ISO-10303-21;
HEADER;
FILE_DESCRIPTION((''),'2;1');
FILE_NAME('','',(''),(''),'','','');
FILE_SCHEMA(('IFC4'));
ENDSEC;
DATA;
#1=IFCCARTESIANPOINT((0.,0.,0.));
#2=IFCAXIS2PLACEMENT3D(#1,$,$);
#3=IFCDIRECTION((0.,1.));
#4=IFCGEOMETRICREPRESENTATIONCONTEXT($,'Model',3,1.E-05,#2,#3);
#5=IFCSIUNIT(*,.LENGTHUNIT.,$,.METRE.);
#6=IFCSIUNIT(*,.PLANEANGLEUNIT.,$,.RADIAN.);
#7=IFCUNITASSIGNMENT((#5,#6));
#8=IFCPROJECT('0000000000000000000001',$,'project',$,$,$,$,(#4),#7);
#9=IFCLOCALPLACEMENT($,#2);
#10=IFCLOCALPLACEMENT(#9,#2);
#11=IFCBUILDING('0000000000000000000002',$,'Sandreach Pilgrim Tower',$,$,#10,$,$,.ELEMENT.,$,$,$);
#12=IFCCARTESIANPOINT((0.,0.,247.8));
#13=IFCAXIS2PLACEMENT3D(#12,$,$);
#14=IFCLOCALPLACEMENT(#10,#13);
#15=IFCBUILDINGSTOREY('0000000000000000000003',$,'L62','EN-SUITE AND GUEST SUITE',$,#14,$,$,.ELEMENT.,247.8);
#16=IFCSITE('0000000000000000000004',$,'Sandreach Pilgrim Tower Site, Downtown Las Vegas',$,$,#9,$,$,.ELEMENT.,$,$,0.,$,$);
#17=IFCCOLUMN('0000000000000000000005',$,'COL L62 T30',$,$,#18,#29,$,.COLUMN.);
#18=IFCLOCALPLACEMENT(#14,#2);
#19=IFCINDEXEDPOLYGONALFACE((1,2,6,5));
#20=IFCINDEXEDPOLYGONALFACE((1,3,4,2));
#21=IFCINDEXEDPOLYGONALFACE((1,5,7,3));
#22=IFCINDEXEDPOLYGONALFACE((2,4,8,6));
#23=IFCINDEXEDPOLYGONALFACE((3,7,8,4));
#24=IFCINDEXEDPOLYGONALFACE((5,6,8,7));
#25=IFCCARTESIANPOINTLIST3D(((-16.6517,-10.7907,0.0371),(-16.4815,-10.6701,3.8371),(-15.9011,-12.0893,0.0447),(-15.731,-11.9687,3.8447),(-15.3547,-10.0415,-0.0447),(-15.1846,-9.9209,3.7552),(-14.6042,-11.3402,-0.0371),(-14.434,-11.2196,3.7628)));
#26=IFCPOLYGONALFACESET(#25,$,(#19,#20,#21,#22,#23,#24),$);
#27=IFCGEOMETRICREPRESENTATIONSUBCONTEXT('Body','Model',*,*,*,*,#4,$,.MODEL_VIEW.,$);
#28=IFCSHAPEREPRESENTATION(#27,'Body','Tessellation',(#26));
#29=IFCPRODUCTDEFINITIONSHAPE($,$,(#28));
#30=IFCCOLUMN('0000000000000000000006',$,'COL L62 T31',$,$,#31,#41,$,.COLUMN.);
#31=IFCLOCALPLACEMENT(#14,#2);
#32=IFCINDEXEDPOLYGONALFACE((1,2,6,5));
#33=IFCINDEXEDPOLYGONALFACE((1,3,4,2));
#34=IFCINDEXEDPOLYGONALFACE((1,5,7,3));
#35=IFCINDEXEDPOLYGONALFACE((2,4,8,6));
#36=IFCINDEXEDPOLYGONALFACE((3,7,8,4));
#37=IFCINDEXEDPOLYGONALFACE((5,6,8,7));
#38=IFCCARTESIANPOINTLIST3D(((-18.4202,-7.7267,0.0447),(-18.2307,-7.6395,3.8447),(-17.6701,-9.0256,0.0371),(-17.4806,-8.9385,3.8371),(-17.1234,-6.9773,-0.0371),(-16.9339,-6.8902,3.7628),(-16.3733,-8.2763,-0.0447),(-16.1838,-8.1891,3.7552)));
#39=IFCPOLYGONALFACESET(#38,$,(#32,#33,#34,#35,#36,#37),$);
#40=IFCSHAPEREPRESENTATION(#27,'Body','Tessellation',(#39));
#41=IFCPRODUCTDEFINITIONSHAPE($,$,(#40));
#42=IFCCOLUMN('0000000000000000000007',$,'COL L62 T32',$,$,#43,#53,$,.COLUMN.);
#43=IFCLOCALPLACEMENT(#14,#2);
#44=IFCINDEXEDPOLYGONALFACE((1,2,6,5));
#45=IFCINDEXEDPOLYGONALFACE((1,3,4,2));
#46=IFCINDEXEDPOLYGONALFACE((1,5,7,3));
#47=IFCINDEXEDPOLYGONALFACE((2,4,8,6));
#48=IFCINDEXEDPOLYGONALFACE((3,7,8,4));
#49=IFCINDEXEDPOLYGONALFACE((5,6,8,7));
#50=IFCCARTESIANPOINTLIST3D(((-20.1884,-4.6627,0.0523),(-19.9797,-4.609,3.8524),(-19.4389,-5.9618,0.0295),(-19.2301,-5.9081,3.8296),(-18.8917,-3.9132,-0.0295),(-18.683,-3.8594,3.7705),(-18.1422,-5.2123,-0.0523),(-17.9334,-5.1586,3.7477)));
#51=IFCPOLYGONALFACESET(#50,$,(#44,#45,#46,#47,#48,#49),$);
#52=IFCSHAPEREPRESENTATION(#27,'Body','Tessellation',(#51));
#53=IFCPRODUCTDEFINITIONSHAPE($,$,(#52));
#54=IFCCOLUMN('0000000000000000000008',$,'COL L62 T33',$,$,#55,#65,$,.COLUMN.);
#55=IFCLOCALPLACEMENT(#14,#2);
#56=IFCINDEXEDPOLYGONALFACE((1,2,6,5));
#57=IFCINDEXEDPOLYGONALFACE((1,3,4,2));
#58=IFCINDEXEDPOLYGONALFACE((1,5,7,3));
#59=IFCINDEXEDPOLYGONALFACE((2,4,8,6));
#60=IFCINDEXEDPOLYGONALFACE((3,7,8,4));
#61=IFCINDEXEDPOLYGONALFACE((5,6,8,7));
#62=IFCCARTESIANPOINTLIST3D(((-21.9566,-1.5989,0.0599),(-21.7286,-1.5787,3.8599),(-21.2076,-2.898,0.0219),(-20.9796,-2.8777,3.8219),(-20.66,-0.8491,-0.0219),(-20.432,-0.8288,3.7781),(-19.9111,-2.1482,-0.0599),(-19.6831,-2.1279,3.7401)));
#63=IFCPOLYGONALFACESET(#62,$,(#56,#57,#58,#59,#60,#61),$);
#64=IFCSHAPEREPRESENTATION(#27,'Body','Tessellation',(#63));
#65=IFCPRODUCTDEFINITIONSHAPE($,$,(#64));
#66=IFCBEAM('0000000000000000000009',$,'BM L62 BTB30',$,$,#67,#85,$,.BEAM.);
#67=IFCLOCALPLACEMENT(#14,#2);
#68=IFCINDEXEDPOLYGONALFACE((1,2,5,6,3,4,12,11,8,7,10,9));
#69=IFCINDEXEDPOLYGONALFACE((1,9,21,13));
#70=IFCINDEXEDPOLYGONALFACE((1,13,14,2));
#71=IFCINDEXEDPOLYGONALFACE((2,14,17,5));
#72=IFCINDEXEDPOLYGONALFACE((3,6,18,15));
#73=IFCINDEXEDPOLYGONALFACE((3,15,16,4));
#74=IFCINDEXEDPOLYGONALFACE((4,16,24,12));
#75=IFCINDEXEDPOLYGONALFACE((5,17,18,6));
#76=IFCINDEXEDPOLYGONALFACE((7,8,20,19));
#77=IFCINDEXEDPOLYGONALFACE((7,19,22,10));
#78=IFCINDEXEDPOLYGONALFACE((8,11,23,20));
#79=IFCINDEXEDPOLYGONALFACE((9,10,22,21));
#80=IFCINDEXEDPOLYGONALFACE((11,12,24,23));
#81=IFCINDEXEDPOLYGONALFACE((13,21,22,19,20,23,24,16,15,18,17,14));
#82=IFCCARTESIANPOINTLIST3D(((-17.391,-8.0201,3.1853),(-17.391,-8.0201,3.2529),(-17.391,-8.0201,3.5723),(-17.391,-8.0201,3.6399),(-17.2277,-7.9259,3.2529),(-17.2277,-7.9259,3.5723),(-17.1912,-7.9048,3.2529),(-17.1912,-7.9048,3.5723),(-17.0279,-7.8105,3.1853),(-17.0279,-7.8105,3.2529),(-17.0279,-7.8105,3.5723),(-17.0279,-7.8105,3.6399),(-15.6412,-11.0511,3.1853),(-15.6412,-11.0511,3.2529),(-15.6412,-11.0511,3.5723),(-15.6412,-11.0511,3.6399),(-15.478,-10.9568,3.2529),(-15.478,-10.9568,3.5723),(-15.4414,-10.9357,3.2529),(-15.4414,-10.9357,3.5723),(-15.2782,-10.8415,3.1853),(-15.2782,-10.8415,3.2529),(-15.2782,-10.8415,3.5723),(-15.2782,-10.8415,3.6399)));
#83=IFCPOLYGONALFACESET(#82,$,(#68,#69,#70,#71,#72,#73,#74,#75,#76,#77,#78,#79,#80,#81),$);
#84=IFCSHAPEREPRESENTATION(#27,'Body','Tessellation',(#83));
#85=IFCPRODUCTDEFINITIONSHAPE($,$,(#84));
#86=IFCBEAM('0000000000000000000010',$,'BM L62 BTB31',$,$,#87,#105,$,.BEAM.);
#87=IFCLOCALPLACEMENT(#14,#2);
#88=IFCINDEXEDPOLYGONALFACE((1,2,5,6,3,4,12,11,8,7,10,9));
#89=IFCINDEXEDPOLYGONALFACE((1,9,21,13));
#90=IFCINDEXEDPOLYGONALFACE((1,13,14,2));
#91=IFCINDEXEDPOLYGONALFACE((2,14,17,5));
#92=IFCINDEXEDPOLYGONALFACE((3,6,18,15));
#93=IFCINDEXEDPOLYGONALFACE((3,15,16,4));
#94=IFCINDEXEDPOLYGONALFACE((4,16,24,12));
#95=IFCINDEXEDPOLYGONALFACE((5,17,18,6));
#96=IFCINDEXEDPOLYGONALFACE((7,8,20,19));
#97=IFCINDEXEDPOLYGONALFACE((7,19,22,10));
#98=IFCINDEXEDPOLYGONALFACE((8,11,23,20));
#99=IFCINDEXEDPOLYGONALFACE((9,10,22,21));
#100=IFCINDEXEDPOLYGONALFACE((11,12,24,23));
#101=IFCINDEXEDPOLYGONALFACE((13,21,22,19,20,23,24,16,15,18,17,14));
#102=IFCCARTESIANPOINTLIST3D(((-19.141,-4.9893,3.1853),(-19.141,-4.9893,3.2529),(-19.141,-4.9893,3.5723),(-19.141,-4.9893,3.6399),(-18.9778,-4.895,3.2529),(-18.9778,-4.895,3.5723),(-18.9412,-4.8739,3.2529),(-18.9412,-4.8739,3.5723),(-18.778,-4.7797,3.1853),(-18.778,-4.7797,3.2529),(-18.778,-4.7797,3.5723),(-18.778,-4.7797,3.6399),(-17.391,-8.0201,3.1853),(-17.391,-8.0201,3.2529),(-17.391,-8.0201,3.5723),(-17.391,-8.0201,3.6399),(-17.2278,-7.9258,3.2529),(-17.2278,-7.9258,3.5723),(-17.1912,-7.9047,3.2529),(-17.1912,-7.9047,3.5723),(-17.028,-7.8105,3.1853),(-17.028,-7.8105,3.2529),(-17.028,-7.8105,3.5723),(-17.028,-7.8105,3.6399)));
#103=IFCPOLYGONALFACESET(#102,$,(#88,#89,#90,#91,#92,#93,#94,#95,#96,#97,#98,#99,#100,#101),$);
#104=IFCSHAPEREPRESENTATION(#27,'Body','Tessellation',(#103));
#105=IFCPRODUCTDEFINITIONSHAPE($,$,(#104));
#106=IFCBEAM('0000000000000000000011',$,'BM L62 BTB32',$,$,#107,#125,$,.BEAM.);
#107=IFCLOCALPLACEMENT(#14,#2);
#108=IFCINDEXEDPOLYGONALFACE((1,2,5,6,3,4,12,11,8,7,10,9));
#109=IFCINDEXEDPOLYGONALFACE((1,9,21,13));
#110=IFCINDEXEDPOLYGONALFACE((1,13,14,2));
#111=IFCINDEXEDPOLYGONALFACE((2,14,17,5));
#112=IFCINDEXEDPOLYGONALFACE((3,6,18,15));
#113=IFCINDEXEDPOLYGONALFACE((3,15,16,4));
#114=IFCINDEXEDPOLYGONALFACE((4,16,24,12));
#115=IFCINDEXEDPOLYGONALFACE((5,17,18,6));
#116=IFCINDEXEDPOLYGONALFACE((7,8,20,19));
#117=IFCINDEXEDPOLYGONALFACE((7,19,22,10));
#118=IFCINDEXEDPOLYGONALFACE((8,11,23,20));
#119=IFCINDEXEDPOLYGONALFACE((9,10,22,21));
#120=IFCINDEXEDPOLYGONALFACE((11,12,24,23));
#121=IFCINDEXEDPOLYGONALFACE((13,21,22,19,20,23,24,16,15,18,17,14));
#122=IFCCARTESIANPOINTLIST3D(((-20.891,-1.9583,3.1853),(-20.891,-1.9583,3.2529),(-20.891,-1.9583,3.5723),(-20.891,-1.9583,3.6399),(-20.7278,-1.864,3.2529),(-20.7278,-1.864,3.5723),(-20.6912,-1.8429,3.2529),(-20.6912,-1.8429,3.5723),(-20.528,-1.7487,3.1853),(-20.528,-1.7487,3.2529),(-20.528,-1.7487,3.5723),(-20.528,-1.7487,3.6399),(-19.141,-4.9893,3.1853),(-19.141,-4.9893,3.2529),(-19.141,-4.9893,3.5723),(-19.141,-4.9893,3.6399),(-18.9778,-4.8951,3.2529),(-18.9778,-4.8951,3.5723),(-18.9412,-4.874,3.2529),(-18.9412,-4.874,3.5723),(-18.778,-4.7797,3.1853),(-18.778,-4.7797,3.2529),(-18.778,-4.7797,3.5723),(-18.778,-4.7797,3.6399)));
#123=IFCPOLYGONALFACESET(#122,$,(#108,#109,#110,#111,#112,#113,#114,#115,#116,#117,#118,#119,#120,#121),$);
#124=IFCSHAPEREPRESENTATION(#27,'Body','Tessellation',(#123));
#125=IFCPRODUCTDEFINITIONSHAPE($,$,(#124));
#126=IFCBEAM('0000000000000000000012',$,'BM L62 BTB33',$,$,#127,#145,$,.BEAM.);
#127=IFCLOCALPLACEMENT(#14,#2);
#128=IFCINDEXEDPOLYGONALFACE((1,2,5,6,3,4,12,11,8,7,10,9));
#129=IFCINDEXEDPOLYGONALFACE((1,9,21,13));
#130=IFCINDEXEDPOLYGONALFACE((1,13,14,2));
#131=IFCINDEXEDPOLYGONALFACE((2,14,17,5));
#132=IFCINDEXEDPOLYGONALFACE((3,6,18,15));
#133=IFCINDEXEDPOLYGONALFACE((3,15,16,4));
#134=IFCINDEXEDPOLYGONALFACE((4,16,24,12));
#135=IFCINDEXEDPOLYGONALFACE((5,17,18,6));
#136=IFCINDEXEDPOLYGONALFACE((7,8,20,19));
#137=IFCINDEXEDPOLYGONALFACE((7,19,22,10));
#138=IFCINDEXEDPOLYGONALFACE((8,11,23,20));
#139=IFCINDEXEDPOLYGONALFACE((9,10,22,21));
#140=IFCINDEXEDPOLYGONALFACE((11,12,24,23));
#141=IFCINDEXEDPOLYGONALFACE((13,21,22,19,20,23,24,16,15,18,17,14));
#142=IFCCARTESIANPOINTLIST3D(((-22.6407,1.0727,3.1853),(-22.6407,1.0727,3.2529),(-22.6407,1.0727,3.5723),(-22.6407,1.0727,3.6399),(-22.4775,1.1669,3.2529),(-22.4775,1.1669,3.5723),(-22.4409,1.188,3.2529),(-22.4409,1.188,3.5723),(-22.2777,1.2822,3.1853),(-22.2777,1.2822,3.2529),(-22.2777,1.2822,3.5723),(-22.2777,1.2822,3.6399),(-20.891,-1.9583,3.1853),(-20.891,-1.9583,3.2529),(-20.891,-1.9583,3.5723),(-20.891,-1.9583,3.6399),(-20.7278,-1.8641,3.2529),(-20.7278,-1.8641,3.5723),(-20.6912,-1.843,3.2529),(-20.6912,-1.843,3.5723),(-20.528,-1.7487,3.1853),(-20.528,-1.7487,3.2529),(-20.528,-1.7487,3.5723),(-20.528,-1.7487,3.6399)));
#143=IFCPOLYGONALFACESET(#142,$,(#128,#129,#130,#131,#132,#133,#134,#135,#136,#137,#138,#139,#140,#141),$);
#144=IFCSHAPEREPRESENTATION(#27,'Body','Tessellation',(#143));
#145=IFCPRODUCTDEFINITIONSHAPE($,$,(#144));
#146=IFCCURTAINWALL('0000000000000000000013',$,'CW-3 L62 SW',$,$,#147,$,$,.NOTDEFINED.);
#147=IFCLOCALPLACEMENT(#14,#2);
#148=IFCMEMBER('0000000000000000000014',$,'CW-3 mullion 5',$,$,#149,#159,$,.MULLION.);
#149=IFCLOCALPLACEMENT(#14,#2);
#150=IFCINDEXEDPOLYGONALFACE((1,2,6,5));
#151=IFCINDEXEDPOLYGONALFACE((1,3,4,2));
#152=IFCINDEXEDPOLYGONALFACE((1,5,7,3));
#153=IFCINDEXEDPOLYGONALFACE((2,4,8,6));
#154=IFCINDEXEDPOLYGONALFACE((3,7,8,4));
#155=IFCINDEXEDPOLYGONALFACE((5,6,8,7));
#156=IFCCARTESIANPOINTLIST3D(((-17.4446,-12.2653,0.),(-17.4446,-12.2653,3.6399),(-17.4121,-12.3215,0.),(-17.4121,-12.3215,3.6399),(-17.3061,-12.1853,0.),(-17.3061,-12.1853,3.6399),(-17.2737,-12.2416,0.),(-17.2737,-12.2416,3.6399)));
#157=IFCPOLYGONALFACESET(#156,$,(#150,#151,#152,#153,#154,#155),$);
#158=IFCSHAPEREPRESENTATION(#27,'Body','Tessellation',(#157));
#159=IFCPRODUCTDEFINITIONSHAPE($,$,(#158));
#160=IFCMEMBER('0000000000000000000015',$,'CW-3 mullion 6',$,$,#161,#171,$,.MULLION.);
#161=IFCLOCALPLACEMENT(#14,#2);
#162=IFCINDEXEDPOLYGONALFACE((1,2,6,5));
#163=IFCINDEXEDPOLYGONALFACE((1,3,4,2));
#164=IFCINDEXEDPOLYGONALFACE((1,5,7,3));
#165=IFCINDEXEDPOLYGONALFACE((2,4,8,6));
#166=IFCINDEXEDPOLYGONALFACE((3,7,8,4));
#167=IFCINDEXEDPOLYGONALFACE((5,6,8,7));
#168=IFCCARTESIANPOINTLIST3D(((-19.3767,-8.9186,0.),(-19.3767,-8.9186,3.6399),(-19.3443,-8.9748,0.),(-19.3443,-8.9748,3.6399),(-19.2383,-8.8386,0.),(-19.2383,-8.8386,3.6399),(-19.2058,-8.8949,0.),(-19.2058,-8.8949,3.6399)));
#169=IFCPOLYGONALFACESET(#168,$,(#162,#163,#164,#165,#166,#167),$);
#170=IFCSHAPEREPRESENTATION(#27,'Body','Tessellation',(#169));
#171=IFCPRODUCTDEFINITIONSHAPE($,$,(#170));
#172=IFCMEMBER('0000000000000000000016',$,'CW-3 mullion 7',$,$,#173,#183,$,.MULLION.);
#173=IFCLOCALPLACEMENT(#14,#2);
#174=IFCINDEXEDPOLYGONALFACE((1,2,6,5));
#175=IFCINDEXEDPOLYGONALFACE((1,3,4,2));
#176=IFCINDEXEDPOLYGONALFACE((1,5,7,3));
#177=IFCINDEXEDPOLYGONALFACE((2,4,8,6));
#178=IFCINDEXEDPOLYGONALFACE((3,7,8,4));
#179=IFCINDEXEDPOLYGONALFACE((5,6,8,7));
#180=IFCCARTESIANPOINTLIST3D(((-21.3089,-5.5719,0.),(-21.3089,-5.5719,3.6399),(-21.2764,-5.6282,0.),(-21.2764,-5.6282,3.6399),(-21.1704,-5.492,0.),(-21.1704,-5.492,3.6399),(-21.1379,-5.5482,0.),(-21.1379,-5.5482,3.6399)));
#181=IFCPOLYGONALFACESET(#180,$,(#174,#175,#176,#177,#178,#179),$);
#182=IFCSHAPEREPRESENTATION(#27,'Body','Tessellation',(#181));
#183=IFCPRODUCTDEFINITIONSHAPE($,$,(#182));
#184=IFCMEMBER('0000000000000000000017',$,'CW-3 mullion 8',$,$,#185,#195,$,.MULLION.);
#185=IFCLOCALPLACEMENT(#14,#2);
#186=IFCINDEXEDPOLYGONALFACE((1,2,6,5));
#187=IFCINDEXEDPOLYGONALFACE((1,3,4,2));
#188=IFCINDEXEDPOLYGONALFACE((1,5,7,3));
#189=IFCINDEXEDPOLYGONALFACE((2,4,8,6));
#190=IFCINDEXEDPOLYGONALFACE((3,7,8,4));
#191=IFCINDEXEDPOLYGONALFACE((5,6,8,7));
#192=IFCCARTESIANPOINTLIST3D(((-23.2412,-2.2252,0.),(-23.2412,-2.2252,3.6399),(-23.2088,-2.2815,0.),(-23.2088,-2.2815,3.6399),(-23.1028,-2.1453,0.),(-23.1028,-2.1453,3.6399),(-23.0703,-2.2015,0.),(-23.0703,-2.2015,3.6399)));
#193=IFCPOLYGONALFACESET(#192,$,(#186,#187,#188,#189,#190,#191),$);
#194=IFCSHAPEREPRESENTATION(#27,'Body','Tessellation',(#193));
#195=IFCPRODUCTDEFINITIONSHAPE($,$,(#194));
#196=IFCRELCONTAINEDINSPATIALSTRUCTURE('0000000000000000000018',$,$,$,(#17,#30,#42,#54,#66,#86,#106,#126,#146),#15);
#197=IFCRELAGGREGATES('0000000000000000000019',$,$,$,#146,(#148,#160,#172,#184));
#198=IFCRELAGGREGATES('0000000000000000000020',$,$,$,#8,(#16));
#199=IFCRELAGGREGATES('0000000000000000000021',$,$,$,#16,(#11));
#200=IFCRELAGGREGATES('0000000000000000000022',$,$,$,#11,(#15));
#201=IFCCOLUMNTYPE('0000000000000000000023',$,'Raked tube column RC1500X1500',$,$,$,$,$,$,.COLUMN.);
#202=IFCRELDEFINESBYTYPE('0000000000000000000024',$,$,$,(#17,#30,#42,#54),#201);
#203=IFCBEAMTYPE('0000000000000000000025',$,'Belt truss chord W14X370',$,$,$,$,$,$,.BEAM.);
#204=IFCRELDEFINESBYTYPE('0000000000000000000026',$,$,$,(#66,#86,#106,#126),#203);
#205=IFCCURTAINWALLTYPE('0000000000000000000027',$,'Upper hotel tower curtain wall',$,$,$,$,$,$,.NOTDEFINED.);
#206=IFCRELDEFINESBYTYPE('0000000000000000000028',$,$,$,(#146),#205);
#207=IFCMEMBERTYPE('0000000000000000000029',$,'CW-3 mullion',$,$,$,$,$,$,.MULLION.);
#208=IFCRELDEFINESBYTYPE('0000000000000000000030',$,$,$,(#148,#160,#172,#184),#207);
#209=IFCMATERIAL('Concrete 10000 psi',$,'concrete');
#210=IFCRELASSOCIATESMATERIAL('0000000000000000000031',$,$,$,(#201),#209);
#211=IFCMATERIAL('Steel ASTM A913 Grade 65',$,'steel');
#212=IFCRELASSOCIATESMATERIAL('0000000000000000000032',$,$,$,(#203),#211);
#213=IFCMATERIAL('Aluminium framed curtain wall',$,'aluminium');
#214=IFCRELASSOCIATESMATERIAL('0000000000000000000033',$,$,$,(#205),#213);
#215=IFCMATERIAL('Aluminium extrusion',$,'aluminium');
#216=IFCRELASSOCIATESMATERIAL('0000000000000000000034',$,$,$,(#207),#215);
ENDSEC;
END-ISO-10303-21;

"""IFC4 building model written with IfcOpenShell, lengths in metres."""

from ifc_helpers import new_model, si_unit, direction, frame, origin, origin_2d, place, context, subcontext, project, spatial, rectangle, i_section, extrude, material, material_profile, profile_set, type_object, element, aggregate, save


model = new_model("IFC4")

# Units and contexts
model_context = context("Model", 3, precision=1e-05, world=origin(), true_north=direction((0.0, 1.0)))
body_context = subcontext(model_context, "Body", "Model", "MODEL_VIEW")
ifc_project = project(units=[si_unit("LENGTHUNIT", "METRE"), si_unit("PLANEANGLEUNIT", "RADIAN")], contexts=[model_context])

# Site, building, storey
site_placement = place(None, origin())
site = spatial("IfcSite", under=ifc_project, at=site_placement, Name="Sandreach Pilgrim Tower Site, Downtown Las Vegas", CompositionType="ELEMENT", RefElevation=0.0)
building_placement = place(site_placement, origin())
building = spatial("IfcBuilding", under=site, at=building_placement, Name="Sandreach Pilgrim Tower", CompositionType="ELEMENT")
storey_placement = place(building_placement, frame((0.0, 0.0, 247.8)))
storey = spatial("IfcBuildingStorey", under=building, at=storey_placement, Name="L62", Description="EN-SUITE AND GUEST SUITE", CompositionType="ELEMENT", Elevation=247.8)

# Columns
ifc_material_1 = material(Name="Concrete 10000 psi", Category="concrete")
ifc_material_profile_1 = material_profile(ifc_material_1, rectangle(XDim=1.5, YDim=1.5, at=origin_2d()), Name="RC1500X1500")
ifc_profile_set_1 = profile_set([ifc_material_profile_1], Name="Concrete 10000 psi")
column_type = type_object("IfcColumnType", Name="Raked tube column RC1500X1500", PredefinedType="COLUMN", material=ifc_profile_set_1)
for number, where, z_axis, x_axis, name in (
    (1, (-15.6279, -11.0654, 0.0), (0.044713, 0.03169, 0.998497), (-0.864641, -0.499418, 0.054569), "COL L62 T30"),
    (2, (-17.3967, -8.0015, 0.0), (0.049781, 0.022902, 0.998498), (-0.86455, -0.499575, 0.054561), "COL L62 T31"),
):
    element("IfcColumn", number, at=place(storey_placement, frame(where, z_axis=z_axis, x_axis=x_axis)), inside=storey, type_object=column_type, Name=name, PredefinedType="COLUMN", context=body_context, shape_type="SweptSolid", body=[
        extrude(rectangle(XDim=1.5, YDim=1.5, at=origin_2d()), origin(), (0.0, 0.0, 1.0), 3.8057),
    ])
column_1_placement = place(storey_placement, frame((-19.1653, -4.9375, 0.0), z_axis=(0.054843, 0.014112, 0.998395), x_axis=(-0.864468, -0.499719, 0.054549)))
element("IfcColumn", 3, at=column_1_placement, inside=storey, type_object=column_type, Name="COL L62 T32", PredefinedType="COLUMN", context=body_context, shape_type="SweptSolid", body=[
    extrude(rectangle(XDim=1.5, YDim=1.5, at=origin_2d()), origin(), (0.0, 0.0, 1.0), 3.8062),
])
column_2_placement = place(storey_placement, frame((-20.9338, -1.8735, 0.0), z_axis=(0.059898, 0.005323, 0.99819), x_axis=(-0.864361, -0.499907, 0.054533)))
element("IfcColumn", 4, at=column_2_placement, inside=storey, type_object=column_type, Name="COL L62 T33", PredefinedType="COLUMN", context=body_context, shape_type="SweptSolid", body=[
    extrude(rectangle(XDim=1.5, YDim=1.5, at=origin_2d()), origin(), (0.0, 0.0, 1.0), 3.8069),
])

# Beams
ifc_material_2 = material(Name="Steel ASTM A913 Grade 65", Category="steel")
ifc_material_profile_2 = material_profile(ifc_material_2, i_section(OverallWidth=0.4192, OverallDepth=0.4546, WebThickness=0.0422, FlangeThickness=0.0676, at=origin_2d()), Name="W14X370")
ifc_profile_set_2 = profile_set([ifc_material_profile_2], Name="Steel ASTM A913 Grade 65")
beam_type_1 = type_object("IfcBeamType", Name="Belt truss chord W14X370", PredefinedType="BEAM", material=ifc_profile_set_2)
for number, where, z_axis, x_axis, name in (
    (5, (-15.4597, -10.9463, 3.4126), (-0.499958, 0.86605, 0.0), (-0.86605, -0.499958, 0.0), "BM L62 BTB30"),
    (6, (-17.2095, -7.9153, 3.4126), (-0.50004, 0.866002, 0.0), (-0.866002, -0.50004, 0.0), "BM L62 BTB31"),
):
    element("IfcBeam", number, at=place(storey_placement, frame(where, z_axis=z_axis, x_axis=x_axis)), inside=storey, type_object=beam_type_1, Name=name, PredefinedType="BEAM", context=body_context, shape_type="SweptSolid", body=[
        extrude(i_section(OverallWidth=0.4192, OverallDepth=0.4546, WebThickness=0.0422, FlangeThickness=0.0676, at=origin_2d()), origin(), (0.0, 0.0, 1.0), 3.4998),
    ])
beam_1_placement = place(storey_placement, frame((-18.9595, -4.8845, 3.4126), z_axis=(-0.50001, 0.866019, 0.0), x_axis=(-0.866019, -0.50001, 0.0)))
element("IfcBeam", 7, at=beam_1_placement, inside=storey, type_object=beam_type_1, Name="BM L62 BTB32", PredefinedType="BEAM", context=body_context, shape_type="SweptSolid", body=[
    extrude(i_section(OverallWidth=0.4192, OverallDepth=0.4546, WebThickness=0.0422, FlangeThickness=0.0676, at=origin_2d()), origin(), (0.0, 0.0, 1.0), 3.5),
])
beam_2_placement = place(storey_placement, frame((-20.7095, -1.8535, 3.4126), z_axis=(-0.499958, 0.86605, 0.0), x_axis=(-0.86605, -0.499958, 0.0)))
element("IfcBeam", 8, at=beam_2_placement, inside=storey, type_object=beam_type_1, Name="BM L62 BTB33", PredefinedType="BEAM", context=body_context, shape_type="SweptSolid", body=[
    extrude(i_section(OverallWidth=0.4192, OverallDepth=0.4546, WebThickness=0.0422, FlangeThickness=0.0676, at=origin_2d()), origin(), (0.0, 0.0, 1.0), 3.4998),
])

# Curtain wall, members
ifc_material_3 = material(Name="Aluminium framed curtain wall", Category="aluminium")
curtain_wall_type = type_object("IfcCurtainWallType", Name="Upper hotel tower curtain wall", PredefinedType="NOTDEFINED", material=ifc_material_3)
curtain_wall_placement = place(storey_placement, origin())
curtain_wall = element("IfcCurtainWall", 9, at=curtain_wall_placement, inside=storey, type_object=curtain_wall_type, Name="CW-3 L62 SW", PredefinedType="NOTDEFINED")
ifc_material_4 = material(Name="Aluminium extrusion", Category="aluminium")
ifc_material_profile_3 = material_profile(ifc_material_4, rectangle(XDim=0.0649, YDim=0.1599, at=origin_2d()), Name="CW-3M 65X160")
ifc_profile_set_3 = profile_set([ifc_material_profile_3], Name="Aluminium extrusion")
member_type_1 = type_object("IfcMemberType", Name="CW-3 mullion", PredefinedType="MULLION", material=ifc_profile_set_3)
member_1_placement = place(storey_placement, frame((-17.3591, -12.2534, 0.0), z_axis=(0.0, 0.0, 1.0), x_axis=(-0.5, 0.866025, 0.0)))
member_1 = element("IfcMember", 10, at=member_1_placement, type_object=member_type_1, Name="CW-3 mullion 5", PredefinedType="MULLION", context=body_context, shape_type="SweptSolid", body=[
    extrude(rectangle(XDim=0.0649, YDim=0.1599, at=origin_2d()), origin(), (0.0, 0.0, 1.0), 3.6399),
])
member_2_placement = place(storey_placement, frame((-19.2913, -8.9067, 0.0), z_axis=(0.0, 0.0, 1.0), x_axis=(-0.5, 0.866025, 0.0)))
member_2 = element("IfcMember", 11, at=member_2_placement, type_object=member_type_1, Name="CW-3 mullion 6", PredefinedType="MULLION", context=body_context, shape_type="SweptSolid", body=[
    extrude(rectangle(XDim=0.0649, YDim=0.1599, at=origin_2d()), origin(), (0.0, 0.0, 1.0), 3.6399),
])
member_3_placement = place(storey_placement, frame((-21.2234, -5.5601, 0.0), z_axis=(0.0, 0.0, 1.0), x_axis=(-0.5, 0.866025, 0.0)))
member_3 = element("IfcMember", 12, at=member_3_placement, type_object=member_type_1, Name="CW-3 mullion 7", PredefinedType="MULLION", context=body_context, shape_type="SweptSolid", body=[
    extrude(rectangle(XDim=0.0649, YDim=0.1599, at=origin_2d()), origin(), (0.0, 0.0, 1.0), 3.6399),
])
member_4_placement = place(storey_placement, frame((-23.1558, -2.2134, 0.0), z_axis=(0.0, 0.0, 1.0), x_axis=(-0.5, 0.866025, 0.0)))
member_4 = element("IfcMember", 13, at=member_4_placement, type_object=member_type_1, Name="CW-3 mullion 8", PredefinedType="MULLION", context=body_context, shape_type="SweptSolid", body=[
    extrude(rectangle(XDim=0.0649, YDim=0.1599, at=origin_2d()), origin(), (0.0, 0.0, 1.0), 3.6399),
])

aggregate(curtain_wall, [member_1, member_2, member_3, member_4])

save(model, "model.ifc")
